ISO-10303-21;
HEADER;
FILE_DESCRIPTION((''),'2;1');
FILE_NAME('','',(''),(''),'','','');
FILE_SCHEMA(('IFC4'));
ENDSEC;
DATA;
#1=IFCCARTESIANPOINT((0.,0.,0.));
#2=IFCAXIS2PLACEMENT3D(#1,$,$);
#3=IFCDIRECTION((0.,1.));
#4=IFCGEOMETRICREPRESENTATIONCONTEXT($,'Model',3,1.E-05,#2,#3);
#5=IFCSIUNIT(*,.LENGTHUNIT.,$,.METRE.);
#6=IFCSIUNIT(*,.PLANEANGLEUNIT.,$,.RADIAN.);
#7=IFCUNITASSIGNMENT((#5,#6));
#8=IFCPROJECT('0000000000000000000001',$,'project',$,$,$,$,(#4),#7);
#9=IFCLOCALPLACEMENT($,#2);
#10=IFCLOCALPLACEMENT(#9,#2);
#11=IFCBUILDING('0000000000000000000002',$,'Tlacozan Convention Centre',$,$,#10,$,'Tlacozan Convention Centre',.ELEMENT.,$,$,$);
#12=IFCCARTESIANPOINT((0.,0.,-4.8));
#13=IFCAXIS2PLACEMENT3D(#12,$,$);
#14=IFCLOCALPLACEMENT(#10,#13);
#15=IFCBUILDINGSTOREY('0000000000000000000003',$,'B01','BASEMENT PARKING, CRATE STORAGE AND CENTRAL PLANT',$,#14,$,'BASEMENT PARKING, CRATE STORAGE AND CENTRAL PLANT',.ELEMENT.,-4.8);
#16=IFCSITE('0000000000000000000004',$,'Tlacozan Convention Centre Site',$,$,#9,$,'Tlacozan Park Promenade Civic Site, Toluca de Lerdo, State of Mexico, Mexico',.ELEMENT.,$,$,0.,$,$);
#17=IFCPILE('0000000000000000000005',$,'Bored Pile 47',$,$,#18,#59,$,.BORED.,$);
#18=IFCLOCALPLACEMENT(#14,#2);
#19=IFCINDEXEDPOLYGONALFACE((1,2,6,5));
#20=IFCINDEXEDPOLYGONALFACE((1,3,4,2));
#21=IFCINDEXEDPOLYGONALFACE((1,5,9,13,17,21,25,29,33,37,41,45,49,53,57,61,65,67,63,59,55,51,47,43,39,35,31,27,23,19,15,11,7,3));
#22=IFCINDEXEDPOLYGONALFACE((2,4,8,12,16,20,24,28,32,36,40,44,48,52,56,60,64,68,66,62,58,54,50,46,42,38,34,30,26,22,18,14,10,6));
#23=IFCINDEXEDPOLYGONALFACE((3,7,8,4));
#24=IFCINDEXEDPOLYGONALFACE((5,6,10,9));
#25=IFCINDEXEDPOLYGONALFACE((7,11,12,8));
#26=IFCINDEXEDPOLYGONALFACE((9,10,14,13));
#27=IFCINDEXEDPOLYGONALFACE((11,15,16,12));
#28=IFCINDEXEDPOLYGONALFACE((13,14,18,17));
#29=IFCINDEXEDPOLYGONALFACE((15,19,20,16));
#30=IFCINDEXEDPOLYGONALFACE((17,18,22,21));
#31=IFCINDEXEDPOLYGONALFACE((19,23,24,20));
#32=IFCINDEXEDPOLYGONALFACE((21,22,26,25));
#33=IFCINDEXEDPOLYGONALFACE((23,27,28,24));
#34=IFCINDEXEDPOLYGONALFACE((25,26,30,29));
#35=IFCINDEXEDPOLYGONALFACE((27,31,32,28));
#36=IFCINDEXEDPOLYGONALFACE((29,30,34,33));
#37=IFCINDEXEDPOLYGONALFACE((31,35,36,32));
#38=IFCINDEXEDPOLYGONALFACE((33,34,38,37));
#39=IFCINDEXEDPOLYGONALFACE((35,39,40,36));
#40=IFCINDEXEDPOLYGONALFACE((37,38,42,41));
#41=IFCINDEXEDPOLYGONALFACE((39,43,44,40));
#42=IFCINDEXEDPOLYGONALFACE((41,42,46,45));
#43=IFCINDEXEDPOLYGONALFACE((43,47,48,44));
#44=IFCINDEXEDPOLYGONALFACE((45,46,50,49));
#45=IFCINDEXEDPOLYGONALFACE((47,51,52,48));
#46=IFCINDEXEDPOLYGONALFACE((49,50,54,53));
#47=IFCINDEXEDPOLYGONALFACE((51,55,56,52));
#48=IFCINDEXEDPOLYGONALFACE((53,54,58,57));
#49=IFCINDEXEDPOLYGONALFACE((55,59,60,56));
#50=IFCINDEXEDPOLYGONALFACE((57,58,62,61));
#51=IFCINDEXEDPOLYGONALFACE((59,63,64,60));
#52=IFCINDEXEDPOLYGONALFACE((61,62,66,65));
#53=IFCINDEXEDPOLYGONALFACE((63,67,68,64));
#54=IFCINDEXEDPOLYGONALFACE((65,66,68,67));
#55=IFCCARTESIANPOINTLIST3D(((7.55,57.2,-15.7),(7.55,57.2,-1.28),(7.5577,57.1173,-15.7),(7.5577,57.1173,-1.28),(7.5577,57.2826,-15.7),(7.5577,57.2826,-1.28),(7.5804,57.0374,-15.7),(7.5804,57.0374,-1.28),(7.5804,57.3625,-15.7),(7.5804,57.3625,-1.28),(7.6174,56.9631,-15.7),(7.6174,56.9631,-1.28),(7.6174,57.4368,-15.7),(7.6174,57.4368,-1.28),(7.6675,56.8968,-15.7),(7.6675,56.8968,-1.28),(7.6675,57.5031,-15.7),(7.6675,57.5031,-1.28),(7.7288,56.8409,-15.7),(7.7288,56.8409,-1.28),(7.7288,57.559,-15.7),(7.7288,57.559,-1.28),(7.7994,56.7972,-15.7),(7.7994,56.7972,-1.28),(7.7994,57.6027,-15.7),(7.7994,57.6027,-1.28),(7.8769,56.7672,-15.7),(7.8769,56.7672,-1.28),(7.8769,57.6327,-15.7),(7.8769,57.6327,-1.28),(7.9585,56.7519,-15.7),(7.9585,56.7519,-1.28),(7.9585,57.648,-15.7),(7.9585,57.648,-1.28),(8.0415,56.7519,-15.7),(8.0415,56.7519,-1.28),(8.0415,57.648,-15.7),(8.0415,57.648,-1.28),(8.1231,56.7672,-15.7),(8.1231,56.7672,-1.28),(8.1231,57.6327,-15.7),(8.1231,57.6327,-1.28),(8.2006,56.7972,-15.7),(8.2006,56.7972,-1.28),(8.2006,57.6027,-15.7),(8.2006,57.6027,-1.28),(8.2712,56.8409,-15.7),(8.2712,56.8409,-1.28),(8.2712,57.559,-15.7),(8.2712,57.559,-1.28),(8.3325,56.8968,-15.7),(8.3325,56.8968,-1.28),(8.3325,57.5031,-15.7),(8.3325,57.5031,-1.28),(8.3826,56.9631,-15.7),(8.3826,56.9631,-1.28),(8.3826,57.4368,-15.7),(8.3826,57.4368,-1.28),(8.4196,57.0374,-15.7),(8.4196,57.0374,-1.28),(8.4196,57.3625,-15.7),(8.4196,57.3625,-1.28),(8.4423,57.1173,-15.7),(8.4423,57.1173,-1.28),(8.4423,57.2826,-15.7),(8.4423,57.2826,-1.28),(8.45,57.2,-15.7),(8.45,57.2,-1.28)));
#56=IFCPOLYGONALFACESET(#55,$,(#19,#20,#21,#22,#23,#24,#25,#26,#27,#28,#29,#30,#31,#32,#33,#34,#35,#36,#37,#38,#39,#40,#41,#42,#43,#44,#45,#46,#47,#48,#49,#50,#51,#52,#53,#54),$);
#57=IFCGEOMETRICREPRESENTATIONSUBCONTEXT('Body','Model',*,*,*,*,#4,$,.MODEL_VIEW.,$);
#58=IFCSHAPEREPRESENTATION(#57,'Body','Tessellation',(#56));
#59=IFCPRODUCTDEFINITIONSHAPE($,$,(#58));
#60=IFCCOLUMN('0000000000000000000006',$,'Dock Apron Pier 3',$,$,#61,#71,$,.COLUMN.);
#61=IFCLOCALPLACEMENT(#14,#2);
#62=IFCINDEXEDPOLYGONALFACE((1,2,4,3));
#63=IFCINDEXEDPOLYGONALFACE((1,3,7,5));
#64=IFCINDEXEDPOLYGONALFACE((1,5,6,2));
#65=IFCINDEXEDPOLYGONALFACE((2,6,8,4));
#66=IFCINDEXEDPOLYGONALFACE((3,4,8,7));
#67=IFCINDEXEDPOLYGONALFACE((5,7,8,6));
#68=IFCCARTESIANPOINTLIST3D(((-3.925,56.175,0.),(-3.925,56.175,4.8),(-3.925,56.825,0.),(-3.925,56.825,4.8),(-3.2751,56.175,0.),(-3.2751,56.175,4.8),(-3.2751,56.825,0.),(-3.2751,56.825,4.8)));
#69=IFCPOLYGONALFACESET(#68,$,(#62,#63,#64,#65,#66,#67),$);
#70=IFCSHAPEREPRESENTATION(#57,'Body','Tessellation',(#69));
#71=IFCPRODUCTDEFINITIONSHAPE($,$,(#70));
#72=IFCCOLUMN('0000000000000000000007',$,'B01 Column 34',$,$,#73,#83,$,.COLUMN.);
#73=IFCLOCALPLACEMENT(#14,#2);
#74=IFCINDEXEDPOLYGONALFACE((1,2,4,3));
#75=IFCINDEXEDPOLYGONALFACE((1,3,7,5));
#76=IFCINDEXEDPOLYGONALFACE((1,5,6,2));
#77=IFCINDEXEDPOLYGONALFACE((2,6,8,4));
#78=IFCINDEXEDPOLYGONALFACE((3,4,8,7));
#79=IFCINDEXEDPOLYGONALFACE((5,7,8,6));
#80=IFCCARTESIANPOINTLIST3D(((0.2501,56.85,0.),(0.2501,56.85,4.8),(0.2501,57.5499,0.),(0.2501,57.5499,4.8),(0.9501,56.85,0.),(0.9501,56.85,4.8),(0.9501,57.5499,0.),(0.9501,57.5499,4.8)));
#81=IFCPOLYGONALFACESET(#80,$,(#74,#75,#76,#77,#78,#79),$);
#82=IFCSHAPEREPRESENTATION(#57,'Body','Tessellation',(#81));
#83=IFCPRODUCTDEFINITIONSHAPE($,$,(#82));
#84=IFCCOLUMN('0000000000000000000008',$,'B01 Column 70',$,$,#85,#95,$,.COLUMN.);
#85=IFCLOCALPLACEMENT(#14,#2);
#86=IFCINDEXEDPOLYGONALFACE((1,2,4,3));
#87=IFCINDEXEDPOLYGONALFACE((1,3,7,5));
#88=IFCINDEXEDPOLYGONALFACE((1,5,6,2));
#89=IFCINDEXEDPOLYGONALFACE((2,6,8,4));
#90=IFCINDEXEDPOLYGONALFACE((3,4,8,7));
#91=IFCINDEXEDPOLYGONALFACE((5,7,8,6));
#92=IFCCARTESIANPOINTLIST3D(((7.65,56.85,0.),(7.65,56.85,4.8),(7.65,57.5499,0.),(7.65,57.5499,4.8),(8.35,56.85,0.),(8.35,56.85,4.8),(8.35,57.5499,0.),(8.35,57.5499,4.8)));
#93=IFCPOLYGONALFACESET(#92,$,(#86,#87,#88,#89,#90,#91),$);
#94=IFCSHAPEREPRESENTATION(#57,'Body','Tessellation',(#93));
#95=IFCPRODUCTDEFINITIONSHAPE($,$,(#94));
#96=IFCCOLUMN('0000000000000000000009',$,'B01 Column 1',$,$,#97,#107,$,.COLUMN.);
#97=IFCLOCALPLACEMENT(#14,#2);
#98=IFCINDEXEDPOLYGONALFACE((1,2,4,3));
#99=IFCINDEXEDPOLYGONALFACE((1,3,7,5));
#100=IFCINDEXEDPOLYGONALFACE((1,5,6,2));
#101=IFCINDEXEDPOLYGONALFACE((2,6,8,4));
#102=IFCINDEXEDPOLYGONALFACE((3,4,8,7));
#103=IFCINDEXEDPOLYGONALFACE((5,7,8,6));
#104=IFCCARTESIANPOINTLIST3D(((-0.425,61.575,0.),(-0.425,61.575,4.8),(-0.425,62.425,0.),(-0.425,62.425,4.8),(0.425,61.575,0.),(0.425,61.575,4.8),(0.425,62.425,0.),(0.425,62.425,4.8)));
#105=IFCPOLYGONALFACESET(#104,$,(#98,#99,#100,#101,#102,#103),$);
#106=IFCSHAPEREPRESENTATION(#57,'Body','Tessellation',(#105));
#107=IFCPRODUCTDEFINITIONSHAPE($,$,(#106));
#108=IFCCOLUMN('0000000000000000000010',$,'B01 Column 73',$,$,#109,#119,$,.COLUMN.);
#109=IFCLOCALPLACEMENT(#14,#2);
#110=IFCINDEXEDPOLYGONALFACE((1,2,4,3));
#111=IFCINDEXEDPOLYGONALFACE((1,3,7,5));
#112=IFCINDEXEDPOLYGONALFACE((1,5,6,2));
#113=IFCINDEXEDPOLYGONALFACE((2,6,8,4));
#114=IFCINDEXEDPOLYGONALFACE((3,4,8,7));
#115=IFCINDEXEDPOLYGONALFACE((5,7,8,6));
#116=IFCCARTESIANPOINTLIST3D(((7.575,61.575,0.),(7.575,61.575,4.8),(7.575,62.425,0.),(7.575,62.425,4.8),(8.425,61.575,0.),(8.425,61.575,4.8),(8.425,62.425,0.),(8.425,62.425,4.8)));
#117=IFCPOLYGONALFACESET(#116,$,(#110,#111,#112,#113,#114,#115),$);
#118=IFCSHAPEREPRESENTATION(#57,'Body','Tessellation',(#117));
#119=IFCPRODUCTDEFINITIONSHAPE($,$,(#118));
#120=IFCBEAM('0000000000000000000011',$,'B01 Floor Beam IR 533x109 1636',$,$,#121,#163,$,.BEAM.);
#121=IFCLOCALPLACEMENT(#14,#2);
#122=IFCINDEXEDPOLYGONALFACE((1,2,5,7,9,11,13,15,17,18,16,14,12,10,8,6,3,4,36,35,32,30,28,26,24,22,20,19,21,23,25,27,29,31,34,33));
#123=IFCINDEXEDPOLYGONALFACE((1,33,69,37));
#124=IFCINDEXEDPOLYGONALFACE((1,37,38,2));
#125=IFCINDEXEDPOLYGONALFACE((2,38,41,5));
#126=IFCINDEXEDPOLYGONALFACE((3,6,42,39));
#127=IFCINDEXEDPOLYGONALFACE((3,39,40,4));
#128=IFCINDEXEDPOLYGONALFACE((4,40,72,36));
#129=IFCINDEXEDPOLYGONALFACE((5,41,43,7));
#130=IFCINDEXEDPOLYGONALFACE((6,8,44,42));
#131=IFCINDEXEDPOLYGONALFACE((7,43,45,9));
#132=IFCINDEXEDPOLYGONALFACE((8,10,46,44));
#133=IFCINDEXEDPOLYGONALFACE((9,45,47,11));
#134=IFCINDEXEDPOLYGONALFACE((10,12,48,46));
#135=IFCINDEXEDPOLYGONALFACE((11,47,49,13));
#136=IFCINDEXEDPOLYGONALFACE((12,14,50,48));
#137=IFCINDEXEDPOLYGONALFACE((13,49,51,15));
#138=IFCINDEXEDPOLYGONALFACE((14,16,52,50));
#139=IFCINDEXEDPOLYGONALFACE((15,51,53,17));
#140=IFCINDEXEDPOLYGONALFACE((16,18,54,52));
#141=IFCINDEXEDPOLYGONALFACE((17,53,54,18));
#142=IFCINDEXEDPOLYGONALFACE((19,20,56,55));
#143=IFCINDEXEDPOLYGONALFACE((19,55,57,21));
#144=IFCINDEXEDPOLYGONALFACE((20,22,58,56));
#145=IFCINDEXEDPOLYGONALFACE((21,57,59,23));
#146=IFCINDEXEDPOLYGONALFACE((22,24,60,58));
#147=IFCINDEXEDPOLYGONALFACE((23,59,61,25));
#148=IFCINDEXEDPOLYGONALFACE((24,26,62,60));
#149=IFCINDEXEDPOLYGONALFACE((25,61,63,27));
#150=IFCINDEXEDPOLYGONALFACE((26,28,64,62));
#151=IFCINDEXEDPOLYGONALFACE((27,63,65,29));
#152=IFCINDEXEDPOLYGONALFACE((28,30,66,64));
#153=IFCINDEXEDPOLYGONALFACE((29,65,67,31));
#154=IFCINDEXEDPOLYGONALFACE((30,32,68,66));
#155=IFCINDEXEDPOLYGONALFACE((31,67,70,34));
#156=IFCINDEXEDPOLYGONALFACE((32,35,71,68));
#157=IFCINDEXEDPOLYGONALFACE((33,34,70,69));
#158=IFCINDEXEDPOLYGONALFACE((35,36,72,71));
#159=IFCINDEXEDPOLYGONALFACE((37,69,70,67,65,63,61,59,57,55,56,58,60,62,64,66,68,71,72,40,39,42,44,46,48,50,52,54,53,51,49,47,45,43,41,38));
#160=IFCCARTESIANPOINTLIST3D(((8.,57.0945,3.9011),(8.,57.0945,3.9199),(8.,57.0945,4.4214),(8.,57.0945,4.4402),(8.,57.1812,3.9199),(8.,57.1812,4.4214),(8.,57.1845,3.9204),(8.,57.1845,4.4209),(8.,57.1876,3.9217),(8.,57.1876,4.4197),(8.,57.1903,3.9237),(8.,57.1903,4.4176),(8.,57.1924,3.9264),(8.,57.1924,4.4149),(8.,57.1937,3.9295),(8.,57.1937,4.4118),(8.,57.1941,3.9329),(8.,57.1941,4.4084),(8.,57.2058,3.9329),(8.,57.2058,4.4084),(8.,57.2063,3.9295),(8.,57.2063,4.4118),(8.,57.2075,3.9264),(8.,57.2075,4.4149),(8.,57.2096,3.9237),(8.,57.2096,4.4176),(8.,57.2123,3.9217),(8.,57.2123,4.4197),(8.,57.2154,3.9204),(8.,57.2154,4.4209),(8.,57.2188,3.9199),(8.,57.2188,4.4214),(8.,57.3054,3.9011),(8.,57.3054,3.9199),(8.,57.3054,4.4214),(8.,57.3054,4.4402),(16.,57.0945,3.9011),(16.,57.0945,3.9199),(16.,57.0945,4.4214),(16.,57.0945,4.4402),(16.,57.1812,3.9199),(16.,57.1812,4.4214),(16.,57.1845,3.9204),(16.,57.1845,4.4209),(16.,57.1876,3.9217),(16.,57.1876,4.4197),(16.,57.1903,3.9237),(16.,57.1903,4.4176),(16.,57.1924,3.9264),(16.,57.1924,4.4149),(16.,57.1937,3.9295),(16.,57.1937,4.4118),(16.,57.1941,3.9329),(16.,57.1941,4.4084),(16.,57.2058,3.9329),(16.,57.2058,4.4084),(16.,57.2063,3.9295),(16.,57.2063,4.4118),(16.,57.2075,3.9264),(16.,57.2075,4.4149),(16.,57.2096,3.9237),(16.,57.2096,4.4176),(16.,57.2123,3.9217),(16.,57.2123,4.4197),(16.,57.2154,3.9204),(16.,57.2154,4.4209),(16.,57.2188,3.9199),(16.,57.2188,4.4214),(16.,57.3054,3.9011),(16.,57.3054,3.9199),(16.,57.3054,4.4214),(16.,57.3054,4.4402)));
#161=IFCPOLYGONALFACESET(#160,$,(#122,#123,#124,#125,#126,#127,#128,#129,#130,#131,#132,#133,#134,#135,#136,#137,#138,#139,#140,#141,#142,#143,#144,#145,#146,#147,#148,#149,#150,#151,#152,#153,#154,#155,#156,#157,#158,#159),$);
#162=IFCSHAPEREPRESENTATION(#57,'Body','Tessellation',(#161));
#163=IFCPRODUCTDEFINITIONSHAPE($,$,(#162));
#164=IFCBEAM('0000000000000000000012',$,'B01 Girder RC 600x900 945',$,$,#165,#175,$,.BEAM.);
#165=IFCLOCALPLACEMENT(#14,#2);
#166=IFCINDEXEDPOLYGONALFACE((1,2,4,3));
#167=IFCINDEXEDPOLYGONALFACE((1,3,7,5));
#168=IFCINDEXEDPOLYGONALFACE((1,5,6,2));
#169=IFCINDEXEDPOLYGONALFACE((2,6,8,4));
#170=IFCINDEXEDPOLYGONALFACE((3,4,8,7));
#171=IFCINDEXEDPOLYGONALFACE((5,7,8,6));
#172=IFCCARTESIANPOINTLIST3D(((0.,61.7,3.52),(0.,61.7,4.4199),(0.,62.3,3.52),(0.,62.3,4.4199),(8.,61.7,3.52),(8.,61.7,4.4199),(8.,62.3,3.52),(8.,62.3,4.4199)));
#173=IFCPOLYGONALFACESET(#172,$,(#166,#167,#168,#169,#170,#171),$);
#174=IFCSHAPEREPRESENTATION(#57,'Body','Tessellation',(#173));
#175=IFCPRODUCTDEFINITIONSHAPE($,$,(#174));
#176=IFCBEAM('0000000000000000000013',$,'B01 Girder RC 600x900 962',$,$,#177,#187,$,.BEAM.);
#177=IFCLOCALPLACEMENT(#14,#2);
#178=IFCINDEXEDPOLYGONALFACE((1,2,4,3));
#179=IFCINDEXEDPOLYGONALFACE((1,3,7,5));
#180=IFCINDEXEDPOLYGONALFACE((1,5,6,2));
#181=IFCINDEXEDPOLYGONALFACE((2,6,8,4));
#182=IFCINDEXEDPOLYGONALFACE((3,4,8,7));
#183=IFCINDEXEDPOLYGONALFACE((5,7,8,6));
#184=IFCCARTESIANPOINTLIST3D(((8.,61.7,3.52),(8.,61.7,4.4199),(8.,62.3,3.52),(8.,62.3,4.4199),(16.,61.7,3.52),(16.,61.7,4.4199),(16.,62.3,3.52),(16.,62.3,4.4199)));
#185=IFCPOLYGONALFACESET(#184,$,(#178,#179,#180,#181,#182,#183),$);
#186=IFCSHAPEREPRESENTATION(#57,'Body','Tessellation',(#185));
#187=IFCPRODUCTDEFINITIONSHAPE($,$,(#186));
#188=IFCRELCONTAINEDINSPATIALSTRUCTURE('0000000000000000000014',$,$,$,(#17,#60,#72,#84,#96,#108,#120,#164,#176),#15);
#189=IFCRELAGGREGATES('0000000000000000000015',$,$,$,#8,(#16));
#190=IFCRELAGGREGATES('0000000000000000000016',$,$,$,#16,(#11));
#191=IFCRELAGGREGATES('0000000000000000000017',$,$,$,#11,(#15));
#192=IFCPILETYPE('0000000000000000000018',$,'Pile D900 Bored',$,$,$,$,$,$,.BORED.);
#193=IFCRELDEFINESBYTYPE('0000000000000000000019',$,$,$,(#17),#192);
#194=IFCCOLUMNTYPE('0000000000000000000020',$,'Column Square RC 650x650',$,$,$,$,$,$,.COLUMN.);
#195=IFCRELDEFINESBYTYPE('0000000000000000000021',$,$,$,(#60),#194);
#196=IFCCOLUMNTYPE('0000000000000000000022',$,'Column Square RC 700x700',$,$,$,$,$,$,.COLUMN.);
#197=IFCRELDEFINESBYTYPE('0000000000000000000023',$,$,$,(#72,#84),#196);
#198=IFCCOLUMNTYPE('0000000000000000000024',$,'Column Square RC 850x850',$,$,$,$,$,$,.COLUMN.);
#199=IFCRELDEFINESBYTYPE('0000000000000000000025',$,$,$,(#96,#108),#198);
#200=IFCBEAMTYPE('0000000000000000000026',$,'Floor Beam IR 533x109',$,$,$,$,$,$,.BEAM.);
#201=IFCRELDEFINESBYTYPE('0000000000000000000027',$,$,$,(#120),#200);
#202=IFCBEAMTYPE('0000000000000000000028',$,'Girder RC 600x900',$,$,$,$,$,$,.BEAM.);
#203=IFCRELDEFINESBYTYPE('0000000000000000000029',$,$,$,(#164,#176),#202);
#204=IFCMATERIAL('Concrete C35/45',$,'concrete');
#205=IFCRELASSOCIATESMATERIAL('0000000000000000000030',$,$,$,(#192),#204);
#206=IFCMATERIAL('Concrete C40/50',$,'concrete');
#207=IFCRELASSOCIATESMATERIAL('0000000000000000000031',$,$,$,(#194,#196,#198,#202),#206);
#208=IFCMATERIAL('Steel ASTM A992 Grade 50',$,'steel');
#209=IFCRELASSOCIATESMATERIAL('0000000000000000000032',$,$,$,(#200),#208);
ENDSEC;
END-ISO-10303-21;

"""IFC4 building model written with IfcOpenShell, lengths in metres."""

from ifc_helpers import new_model, si_unit, direction, frame, origin, origin_2d, place, context, subcontext, project, spatial, rectangle, circle, i_section, extrude, material, material_profile, profile_set, type_object, element, save


model = new_model("IFC4")

# Units and contexts
model_context = context("Model", 3, precision=1e-05, world=origin(), true_north=direction((0.0, 1.0)))
body_context = subcontext(model_context, "Body", "Model", "MODEL_VIEW")
ifc_project = project(units=[si_unit("LENGTHUNIT", "METRE"), si_unit("PLANEANGLEUNIT", "RADIAN")], contexts=[model_context])

# Site, building, storey
site_placement = place(None, origin())
site = spatial("IfcSite", under=ifc_project, at=site_placement, Name="Tlacozan Convention Centre Site", LongName="Tlacozan Park Promenade Civic Site, Toluca de Lerdo, State of Mexico, Mexico", CompositionType="ELEMENT", RefElevation=0.0)
building_placement = place(site_placement, origin())
building = spatial("IfcBuilding", under=site, at=building_placement, Name="Tlacozan Convention Centre", LongName="Tlacozan Convention Centre", CompositionType="ELEMENT")
storey_placement = place(building_placement, frame((0.0, 0.0, -4.8)))
storey = spatial("IfcBuildingStorey", under=building, at=storey_placement, Name="B01", Description="BASEMENT PARKING, CRATE STORAGE AND CENTRAL PLANT", LongName="BASEMENT PARKING, CRATE STORAGE AND CENTRAL PLANT", CompositionType="ELEMENT", Elevation=-4.8)

# Shared definitions
ifc_material_1 = material(Name="Concrete C35/45", Category="concrete")

# Pile
ifc_material_profile_1 = material_profile(ifc_material_1, circle(Radius=0.45, at=origin_2d()), Name="PILE D900")
ifc_profile_set_1 = profile_set([ifc_material_profile_1], Name="Concrete C35/45")
pile_type_1 = type_object("IfcPileType", Name="Pile D900 Bored", PredefinedType="BORED", material=ifc_profile_set_1)
pile_1_placement = place(storey_placement, frame((8.0, 57.2, -1.28), z_axis=(0.0, 0.0, -1.0), x_axis=(1.0, 0.0, 0.0)))
element("IfcPile", 1, at=pile_1_placement, inside=storey, type_object=pile_type_1, Name="Bored Pile 47", PredefinedType="BORED", context=body_context, shape_type="SweptSolid", body=[
    extrude(circle(Radius=0.45, at=origin_2d()), origin(), (0.0, 0.0, 1.0), 14.4199),
])

# Columns
ifc_material_2 = material(Name="Concrete C40/50", Category="concrete")
ifc_material_profile_2 = material_profile(ifc_material_2, rectangle(XDim=0.6499, YDim=0.6499, at=origin_2d()), Name="RC 650x650")
ifc_profile_set_2 = profile_set([ifc_material_profile_2], Name="Concrete C40/50")
column_type_1 = type_object("IfcColumnType", Name="Column Square RC 650x650", PredefinedType="COLUMN", material=ifc_profile_set_2)
column_placement = place(storey_placement, frame((-3.6001, 56.5, 0.0), z_axis=(0.0, 0.0, 1.0), x_axis=(1.0, 0.0, 0.0)))
element("IfcColumn", 2, at=column_placement, inside=storey, type_object=column_type_1, Name="Dock Apron Pier 3", PredefinedType="COLUMN", context=body_context, shape_type="SweptSolid", body=[
    extrude(rectangle(XDim=0.6499, YDim=0.6499, at=origin_2d()), origin(), (0.0, 0.0, 1.0), 4.8),
])
ifc_material_profile_3 = material_profile(ifc_material_2, rectangle(XDim=0.7, YDim=0.7, at=origin_2d()), Name="RC 700x700")
ifc_profile_set_3 = profile_set([ifc_material_profile_3], Name="Concrete C40/50")
column_type_2 = type_object("IfcColumnType", Name="Column Square RC 700x700", PredefinedType="COLUMN", material=ifc_profile_set_3)
for number, where, z_axis, x_axis, name in (
    (3, (0.6001, 57.2, 0.0), (0.0, 0.0, 1.0), (1.0, 0.0, 0.0), "B01 Column 34"),
    (4, (8.0, 57.2, 0.0), (0.0, 0.0, 1.0), (1.0, 0.0, 0.0), "B01 Column 70"),
):
    element("IfcColumn", number, at=place(storey_placement, frame(where, z_axis=z_axis, x_axis=x_axis)), inside=storey, type_object=column_type_2, Name=name, PredefinedType="COLUMN", context=body_context, shape_type="SweptSolid", body=[
        extrude(rectangle(XDim=0.7, YDim=0.7, at=origin_2d()), origin(), (0.0, 0.0, 1.0), 4.8),
    ])
ifc_material_profile_4 = material_profile(ifc_material_2, rectangle(XDim=0.8501, YDim=0.8501, at=origin_2d()), Name="RC 850x850")
ifc_profile_set_4 = profile_set([ifc_material_profile_4], Name="Concrete C40/50")
column_type_3 = type_object("IfcColumnType", Name="Column Square RC 850x850", PredefinedType="COLUMN", material=ifc_profile_set_4)
for number, where, z_axis, x_axis, name in (
    (5, (0.0, 62.0, 0.0), (0.0, 0.0, 1.0), (1.0, 0.0, 0.0), "B01 Column 1"),
    (6, (8.0, 62.0, 0.0), (0.0, 0.0, 1.0), (1.0, 0.0, 0.0), "B01 Column 73"),
):
    element("IfcColumn", number, at=place(storey_placement, frame(where, z_axis=z_axis, x_axis=x_axis)), inside=storey, type_object=column_type_3, Name=name, PredefinedType="COLUMN", context=body_context, shape_type="SweptSolid", body=[
        extrude(rectangle(XDim=0.8501, YDim=0.8501, at=origin_2d()), origin(), (0.0, 0.0, 1.0), 4.8),
    ])

# Beams
ifc_material_3 = material(Name="Steel ASTM A992 Grade 50", Category="steel")
ifc_material_profile_5 = material_profile(ifc_material_3, i_section(OverallWidth=0.2109, OverallDepth=0.5391, WebThickness=0.0117, FlangeThickness=0.0188, FilletRadius=0.0129, at=origin_2d()), Name="IR 533x109.0")
ifc_profile_set_5 = profile_set([ifc_material_profile_5], Name="Steel ASTM A992 Grade 50")
beam_type_1 = type_object("IfcBeamType", Name="Floor Beam IR 533x109", PredefinedType="BEAM", material=ifc_profile_set_5)
beam_placement = place(storey_placement, frame((8.0, 57.2, 4.1707), z_axis=(1.0, 0.0, 0.0), x_axis=(0.0, 1.0, 0.0)))
element("IfcBeam", 7, at=beam_placement, inside=storey, type_object=beam_type_1, Name="B01 Floor Beam IR 533x109 1636", PredefinedType="BEAM", context=body_context, shape_type="SweptSolid", body=[
    extrude(i_section(OverallWidth=0.2109, OverallDepth=0.5391, WebThickness=0.0117, FlangeThickness=0.0188, FilletRadius=0.0129, at=origin_2d()), origin(), (0.0, 0.0, 1.0), 8.0),
])
ifc_material_profile_6 = material_profile(ifc_material_2, rectangle(XDim=0.6001, YDim=0.8999, at=origin_2d()), Name="RC 600x900")
ifc_profile_set_6 = profile_set([ifc_material_profile_6], Name="Concrete C40/50")
beam_type_2 = type_object("IfcBeamType", Name="Girder RC 600x900", PredefinedType="BEAM", material=ifc_profile_set_6)
for number, where, z_axis, x_axis, name in (
    (8, (0.0, 62.0, 3.97), (1.0, 0.0, 0.0), (0.0, 1.0, 0.0), "B01 Girder RC 600x900 945"),
    (9, (8.0, 62.0, 3.97), (1.0, 0.0, 0.0), (0.0, 1.0, 0.0), "B01 Girder RC 600x900 962"),
):
    element("IfcBeam", number, at=place(storey_placement, frame(where, z_axis=z_axis, x_axis=x_axis)), inside=storey, type_object=beam_type_2, Name=name, PredefinedType="BEAM", context=body_context, shape_type="SweptSolid", body=[
        extrude(rectangle(XDim=0.6001, YDim=0.8999, at=origin_2d()), origin(), (0.0, 0.0, 1.0), 8.0),
    ])

save(model, "model.ifc")
